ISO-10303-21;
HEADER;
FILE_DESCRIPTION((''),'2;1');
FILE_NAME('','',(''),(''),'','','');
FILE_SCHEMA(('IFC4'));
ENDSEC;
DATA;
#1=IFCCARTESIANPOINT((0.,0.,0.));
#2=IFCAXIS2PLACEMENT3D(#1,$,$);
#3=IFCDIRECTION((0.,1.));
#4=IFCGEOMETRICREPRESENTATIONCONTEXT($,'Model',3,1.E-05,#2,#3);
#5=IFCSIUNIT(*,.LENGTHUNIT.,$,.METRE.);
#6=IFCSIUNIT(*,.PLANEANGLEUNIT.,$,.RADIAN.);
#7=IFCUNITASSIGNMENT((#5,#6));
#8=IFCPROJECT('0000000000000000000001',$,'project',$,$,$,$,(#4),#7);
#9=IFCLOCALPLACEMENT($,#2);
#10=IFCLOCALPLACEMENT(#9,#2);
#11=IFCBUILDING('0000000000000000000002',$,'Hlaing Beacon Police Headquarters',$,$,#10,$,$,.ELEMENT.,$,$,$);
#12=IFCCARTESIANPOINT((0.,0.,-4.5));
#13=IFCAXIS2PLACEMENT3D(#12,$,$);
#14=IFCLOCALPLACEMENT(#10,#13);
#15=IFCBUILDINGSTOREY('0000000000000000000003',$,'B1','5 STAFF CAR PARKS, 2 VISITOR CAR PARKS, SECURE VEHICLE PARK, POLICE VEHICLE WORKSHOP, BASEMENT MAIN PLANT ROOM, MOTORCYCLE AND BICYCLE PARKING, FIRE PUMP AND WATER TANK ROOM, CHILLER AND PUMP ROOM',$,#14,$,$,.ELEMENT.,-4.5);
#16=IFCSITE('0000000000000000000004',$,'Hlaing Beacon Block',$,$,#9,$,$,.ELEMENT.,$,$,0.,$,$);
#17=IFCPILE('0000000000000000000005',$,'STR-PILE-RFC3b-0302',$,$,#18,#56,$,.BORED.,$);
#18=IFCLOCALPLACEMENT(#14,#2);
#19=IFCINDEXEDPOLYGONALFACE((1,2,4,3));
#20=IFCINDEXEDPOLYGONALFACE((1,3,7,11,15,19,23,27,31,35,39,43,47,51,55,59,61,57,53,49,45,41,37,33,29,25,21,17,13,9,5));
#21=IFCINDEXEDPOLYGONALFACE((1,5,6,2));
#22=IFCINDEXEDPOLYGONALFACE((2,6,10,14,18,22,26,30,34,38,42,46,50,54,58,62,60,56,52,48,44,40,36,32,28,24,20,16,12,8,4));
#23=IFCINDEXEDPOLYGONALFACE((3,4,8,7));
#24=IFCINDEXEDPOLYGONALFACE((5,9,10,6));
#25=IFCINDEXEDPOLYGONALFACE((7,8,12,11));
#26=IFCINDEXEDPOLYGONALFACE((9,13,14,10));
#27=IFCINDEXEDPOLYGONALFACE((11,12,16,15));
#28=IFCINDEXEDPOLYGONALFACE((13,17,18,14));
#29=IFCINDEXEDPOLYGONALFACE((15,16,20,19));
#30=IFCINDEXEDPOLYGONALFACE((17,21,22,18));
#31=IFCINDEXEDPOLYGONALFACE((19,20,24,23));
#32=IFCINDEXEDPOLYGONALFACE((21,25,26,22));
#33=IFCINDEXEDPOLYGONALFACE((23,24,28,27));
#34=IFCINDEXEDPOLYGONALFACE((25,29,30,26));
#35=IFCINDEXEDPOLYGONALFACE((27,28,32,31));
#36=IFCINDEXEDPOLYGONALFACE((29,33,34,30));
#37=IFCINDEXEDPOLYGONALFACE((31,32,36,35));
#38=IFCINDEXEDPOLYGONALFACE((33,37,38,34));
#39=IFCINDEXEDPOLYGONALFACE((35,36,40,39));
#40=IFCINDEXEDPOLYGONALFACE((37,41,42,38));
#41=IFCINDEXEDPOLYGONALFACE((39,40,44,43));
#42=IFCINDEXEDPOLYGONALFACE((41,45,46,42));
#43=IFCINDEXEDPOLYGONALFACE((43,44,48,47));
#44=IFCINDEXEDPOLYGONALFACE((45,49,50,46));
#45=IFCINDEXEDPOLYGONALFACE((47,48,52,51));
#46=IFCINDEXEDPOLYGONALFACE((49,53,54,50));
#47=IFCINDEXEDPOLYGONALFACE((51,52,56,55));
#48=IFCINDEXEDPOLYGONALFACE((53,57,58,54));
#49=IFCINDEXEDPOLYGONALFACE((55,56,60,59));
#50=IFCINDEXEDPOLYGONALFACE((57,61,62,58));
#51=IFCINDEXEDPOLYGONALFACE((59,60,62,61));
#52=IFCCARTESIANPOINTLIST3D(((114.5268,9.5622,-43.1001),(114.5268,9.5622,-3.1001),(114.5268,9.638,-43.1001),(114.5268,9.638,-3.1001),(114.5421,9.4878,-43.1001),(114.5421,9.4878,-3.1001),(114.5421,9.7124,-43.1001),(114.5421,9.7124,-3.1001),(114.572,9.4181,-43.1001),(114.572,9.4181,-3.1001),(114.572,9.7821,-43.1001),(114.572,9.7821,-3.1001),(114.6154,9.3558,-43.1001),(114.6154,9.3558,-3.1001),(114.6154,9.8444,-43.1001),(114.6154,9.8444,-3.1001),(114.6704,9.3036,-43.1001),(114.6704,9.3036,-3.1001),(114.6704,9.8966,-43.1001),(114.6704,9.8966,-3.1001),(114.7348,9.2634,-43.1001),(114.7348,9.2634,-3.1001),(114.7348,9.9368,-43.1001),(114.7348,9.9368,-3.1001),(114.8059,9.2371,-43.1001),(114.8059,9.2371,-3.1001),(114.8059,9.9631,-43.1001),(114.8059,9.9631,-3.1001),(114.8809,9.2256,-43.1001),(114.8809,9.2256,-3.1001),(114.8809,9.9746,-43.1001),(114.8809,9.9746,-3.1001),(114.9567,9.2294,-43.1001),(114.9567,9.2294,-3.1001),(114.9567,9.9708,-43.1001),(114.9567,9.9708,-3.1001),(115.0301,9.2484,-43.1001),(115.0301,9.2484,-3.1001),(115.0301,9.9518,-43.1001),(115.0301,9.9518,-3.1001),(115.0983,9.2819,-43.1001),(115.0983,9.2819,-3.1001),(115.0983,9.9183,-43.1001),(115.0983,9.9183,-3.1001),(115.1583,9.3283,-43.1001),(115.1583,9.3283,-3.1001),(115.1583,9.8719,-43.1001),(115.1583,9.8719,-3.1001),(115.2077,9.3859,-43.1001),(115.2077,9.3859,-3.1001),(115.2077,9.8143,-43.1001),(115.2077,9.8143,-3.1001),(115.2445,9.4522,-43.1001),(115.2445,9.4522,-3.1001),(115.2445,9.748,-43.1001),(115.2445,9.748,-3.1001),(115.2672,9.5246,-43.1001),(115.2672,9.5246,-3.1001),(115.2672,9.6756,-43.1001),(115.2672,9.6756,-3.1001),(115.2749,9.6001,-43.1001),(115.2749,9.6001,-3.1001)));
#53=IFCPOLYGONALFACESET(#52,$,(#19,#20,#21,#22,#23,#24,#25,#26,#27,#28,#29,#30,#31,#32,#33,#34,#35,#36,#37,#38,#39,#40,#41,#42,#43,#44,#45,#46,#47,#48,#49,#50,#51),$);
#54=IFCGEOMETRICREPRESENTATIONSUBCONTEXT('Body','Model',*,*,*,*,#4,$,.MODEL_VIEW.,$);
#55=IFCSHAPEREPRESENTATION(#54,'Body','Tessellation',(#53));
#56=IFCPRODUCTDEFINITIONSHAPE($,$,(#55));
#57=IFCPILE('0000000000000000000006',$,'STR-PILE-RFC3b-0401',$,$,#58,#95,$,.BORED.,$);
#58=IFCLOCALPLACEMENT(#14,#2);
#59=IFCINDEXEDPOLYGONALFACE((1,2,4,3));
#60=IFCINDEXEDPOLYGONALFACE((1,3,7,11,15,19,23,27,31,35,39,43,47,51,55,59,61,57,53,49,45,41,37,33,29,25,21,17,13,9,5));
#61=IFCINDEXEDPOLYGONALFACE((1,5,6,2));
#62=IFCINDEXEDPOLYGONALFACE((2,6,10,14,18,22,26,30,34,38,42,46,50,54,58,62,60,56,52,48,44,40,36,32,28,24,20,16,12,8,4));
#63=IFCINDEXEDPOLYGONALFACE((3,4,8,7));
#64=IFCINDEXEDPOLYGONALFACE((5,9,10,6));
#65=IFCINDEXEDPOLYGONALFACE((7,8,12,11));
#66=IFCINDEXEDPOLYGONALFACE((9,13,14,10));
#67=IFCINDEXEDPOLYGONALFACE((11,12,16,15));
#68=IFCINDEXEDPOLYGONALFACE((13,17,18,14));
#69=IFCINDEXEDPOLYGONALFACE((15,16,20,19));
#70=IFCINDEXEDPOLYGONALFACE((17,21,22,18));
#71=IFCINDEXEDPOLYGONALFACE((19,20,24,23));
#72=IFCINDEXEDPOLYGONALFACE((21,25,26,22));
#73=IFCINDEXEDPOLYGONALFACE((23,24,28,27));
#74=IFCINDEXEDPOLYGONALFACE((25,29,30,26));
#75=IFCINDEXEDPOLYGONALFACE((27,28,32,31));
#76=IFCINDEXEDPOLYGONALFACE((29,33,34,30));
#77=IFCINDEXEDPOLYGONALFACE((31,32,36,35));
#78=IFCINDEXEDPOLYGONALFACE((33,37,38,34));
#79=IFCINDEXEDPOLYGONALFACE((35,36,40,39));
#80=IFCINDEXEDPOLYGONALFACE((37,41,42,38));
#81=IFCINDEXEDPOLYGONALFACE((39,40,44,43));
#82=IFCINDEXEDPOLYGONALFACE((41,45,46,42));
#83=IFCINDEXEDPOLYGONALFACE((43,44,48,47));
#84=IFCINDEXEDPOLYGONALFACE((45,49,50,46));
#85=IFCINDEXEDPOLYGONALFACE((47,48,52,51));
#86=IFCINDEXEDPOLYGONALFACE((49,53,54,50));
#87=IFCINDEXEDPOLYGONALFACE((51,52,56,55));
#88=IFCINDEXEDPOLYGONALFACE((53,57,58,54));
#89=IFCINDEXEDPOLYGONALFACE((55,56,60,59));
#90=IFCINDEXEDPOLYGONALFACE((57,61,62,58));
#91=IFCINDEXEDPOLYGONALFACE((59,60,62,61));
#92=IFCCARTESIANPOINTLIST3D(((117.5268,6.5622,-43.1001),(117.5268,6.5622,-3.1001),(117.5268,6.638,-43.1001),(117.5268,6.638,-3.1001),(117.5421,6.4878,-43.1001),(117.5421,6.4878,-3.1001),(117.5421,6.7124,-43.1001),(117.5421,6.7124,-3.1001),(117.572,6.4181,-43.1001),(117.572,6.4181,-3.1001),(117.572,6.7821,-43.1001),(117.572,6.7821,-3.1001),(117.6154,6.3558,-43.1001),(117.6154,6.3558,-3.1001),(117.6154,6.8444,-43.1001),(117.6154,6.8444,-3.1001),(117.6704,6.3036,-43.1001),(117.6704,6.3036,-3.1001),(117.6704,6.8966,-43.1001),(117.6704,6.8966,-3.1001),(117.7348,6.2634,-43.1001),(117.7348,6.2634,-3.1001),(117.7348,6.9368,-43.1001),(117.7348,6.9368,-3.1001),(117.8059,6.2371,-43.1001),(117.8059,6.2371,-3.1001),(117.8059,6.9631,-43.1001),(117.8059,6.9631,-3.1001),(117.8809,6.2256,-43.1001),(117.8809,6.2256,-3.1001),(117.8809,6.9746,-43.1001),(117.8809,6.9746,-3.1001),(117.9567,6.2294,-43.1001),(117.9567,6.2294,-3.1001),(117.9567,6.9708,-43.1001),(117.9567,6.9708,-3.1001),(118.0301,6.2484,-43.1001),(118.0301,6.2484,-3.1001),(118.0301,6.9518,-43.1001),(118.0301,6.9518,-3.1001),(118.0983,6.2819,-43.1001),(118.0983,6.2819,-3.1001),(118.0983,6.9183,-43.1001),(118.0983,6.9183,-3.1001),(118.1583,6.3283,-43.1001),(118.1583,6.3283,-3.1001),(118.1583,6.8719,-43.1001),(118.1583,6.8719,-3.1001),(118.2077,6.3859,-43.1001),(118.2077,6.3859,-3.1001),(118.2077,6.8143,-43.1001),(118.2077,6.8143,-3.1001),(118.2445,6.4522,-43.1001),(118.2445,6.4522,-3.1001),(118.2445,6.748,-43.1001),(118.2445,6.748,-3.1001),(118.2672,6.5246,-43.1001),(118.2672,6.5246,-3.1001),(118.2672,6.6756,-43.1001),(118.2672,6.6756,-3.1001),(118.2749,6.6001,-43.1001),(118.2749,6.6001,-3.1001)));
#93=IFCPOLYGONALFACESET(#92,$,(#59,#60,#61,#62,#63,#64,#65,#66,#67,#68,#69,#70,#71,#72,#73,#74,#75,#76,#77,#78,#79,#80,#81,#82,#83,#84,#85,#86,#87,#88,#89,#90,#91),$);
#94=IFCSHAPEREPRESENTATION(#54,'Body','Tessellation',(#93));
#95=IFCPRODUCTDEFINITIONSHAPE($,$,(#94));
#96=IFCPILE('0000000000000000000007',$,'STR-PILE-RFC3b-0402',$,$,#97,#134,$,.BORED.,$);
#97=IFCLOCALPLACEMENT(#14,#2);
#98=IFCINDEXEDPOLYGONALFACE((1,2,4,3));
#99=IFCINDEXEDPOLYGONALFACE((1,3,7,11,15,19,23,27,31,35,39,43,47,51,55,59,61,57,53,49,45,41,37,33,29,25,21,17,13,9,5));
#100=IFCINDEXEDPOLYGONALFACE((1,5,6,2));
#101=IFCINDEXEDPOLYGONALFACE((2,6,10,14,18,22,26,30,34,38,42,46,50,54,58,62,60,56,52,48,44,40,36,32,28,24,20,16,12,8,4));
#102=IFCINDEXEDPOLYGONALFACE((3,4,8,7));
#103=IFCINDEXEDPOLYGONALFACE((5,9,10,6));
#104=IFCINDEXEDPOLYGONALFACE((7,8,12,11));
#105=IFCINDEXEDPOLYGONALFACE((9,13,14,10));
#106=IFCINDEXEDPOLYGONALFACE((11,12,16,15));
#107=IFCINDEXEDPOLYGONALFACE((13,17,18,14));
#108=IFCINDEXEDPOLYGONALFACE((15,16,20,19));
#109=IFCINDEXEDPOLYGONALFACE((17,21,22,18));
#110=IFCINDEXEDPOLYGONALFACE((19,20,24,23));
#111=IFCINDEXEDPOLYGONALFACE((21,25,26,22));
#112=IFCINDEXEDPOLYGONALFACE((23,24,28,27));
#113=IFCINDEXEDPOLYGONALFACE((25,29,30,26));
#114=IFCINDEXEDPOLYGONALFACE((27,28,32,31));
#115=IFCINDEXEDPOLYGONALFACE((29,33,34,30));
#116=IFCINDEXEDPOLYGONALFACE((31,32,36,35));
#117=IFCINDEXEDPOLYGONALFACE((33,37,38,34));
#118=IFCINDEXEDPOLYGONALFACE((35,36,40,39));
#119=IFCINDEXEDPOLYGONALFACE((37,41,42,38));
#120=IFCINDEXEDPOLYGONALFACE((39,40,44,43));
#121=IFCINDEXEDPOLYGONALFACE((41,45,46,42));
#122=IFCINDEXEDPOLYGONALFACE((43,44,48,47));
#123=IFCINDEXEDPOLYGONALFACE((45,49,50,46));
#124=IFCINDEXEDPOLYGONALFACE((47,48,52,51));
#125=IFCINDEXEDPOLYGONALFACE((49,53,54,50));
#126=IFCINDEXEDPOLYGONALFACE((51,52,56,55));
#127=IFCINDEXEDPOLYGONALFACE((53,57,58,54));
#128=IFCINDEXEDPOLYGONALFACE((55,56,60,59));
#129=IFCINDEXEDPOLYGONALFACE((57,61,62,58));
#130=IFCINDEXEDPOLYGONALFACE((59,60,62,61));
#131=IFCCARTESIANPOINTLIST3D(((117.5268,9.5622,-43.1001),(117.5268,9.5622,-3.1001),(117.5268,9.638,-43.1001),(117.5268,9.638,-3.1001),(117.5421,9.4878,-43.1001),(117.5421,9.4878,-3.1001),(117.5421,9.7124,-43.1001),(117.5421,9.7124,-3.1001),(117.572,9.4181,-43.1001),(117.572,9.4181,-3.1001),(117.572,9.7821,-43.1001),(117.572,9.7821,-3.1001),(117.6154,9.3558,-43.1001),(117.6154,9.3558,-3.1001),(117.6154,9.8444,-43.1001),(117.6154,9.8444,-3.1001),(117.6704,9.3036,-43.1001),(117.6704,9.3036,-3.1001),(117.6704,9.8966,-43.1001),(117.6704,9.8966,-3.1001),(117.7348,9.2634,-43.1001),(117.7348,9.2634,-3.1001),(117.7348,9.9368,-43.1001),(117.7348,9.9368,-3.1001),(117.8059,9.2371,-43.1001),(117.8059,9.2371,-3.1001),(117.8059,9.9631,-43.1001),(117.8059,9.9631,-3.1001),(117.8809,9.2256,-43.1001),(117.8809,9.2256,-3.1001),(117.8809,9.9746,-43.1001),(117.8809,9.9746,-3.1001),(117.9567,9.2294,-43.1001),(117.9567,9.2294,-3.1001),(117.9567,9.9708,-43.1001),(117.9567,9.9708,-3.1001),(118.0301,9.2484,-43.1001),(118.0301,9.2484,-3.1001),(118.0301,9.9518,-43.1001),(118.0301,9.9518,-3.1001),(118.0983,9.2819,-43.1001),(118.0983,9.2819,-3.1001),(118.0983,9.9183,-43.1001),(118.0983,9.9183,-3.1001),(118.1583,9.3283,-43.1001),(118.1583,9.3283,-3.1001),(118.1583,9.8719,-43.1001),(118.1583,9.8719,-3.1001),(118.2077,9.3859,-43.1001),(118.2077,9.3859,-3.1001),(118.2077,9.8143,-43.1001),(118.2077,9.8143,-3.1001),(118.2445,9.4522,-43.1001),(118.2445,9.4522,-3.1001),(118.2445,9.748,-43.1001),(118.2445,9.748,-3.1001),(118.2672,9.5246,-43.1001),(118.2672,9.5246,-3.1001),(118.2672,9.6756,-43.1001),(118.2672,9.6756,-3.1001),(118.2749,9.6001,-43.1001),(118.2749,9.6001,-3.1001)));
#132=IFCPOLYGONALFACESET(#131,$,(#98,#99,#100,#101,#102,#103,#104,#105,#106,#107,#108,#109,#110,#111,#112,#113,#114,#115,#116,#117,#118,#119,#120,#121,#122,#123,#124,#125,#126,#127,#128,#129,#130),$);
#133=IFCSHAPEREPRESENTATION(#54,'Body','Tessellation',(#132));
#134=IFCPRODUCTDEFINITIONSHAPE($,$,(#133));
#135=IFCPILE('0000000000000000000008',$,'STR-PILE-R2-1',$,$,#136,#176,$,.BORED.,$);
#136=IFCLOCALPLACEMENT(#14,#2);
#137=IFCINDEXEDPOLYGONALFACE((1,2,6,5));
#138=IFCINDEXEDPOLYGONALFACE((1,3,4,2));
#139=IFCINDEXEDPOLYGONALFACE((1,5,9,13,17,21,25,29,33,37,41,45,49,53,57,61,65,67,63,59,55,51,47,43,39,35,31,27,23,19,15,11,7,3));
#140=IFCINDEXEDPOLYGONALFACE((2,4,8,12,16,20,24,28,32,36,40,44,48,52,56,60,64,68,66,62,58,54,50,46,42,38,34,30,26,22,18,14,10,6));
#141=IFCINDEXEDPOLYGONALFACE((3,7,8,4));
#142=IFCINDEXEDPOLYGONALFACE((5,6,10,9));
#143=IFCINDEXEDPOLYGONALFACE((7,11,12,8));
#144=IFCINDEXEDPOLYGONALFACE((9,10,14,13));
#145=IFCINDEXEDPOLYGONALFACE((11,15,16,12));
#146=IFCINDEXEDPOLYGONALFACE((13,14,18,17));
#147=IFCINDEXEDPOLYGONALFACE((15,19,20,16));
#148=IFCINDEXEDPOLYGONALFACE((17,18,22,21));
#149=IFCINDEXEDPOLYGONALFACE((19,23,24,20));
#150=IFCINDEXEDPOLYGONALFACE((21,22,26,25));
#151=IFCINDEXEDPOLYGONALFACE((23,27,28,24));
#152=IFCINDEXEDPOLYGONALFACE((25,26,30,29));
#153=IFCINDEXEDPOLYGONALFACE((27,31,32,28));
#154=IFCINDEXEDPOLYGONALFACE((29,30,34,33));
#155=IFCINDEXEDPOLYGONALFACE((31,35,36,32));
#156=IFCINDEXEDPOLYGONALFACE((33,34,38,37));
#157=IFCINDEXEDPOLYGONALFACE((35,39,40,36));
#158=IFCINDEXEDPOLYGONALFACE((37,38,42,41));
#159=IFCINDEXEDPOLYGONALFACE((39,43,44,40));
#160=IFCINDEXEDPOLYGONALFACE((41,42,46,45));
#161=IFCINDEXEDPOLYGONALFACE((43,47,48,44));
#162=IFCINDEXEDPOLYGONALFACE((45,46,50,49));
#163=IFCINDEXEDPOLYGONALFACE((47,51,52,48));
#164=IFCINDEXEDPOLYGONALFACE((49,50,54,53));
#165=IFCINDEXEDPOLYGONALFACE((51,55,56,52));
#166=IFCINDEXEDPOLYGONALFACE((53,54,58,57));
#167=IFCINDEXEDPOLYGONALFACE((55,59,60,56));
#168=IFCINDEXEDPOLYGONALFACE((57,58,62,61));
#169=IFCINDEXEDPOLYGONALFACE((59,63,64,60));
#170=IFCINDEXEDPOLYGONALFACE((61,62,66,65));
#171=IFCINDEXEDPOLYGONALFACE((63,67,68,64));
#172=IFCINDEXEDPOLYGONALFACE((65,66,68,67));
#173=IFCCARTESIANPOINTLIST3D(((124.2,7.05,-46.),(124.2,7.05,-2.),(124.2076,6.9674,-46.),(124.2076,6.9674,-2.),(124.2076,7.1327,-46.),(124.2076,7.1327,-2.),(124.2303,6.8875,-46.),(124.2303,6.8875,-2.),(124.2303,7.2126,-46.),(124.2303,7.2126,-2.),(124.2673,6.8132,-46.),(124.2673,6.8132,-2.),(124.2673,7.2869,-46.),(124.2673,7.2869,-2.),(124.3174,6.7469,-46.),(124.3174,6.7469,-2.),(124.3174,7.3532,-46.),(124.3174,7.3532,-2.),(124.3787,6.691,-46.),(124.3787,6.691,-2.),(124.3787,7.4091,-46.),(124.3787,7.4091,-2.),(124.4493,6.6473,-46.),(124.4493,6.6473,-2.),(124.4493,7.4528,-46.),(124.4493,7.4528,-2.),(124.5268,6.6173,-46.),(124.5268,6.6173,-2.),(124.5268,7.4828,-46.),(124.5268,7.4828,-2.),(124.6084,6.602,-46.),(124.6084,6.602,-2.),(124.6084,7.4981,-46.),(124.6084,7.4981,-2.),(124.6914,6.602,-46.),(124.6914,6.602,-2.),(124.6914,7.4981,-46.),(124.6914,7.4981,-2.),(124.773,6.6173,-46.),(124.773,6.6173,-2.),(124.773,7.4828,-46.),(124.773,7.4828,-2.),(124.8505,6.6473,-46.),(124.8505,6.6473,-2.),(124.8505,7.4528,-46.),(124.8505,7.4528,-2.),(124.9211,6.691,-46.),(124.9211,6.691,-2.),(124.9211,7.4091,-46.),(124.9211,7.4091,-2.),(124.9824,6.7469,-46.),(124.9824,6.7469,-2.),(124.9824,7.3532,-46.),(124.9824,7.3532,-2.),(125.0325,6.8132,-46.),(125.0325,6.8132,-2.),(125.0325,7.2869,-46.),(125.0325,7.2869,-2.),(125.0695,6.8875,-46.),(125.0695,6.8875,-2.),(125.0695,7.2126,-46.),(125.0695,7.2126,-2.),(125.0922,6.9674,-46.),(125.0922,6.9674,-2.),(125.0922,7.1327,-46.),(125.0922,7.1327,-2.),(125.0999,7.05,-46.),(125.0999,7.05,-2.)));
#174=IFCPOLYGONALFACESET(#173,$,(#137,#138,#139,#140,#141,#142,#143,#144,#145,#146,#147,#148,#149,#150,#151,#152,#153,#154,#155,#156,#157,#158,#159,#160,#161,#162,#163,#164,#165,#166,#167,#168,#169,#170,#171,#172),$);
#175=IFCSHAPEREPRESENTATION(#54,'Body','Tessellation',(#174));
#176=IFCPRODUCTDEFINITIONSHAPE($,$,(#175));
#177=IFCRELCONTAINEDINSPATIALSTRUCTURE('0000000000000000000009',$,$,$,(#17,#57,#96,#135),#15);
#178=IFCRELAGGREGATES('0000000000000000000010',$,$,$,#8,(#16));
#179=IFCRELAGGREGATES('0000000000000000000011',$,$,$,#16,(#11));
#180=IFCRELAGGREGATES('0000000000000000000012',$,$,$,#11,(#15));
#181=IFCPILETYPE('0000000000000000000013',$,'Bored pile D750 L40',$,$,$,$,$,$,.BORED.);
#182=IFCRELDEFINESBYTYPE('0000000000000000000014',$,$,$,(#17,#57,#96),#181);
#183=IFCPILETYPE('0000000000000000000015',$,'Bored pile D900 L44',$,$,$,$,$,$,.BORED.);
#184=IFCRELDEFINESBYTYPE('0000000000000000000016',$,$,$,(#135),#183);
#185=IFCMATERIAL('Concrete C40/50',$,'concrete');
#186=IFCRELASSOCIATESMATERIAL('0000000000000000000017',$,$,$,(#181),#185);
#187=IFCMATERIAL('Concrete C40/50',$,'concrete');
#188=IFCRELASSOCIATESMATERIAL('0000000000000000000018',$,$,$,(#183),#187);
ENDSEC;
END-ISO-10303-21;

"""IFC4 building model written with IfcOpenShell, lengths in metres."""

from ifc_helpers import new_model, si_unit, direction, frame, origin, origin_2d, place, context, subcontext, project, spatial, circle, extrude, material, material_profile, profile_set, type_object, element, save


model = new_model("IFC4")

# Units and contexts
model_context = context("Model", 3, precision=1e-05, world=origin(), true_north=direction((0.0, 1.0)))
body_context = subcontext(model_context, "Body", "Model", "MODEL_VIEW")
ifc_project = project(units=[si_unit("LENGTHUNIT", "METRE"), si_unit("PLANEANGLEUNIT", "RADIAN")], contexts=[model_context])

# Site, building, storey
site_placement = place(None, origin())
site = spatial("IfcSite", under=ifc_project, at=site_placement, Name="Hlaing Beacon Block", CompositionType="ELEMENT", RefElevation=0.0)
building_placement = place(site_placement, origin())
building = spatial("IfcBuilding", under=site, at=building_placement, Name="Hlaing Beacon Police Headquarters", CompositionType="ELEMENT")
storey_placement = place(building_placement, frame((0.0, 0.0, -4.5)))
storey = spatial("IfcBuildingStorey", under=building, at=storey_placement, Name="B1", Description="5 STAFF CAR PARKS, 2 VISITOR CAR PARKS, SECURE VEHICLE PARK, POLICE VEHICLE WORKSHOP, BASEMENT MAIN PLANT ROOM, MOTORCYCLE AND BICYCLE PARKING, FIRE PUMP AND WATER TANK ROOM, CHILLER AND PUMP ROOM", CompositionType="ELEMENT", Elevation=-4.5)

# Piles
ifc_material_1 = material(Name="Concrete C40/50", Category="concrete")
ifc_material_profile_1 = material_profile(ifc_material_1, circle(Radius=0.375, at=origin_2d()), Name="D750")
ifc_profile_set_1 = profile_set([ifc_material_profile_1], Name="Concrete C40/50")
pile_type_1 = type_object("IfcPileType", Name="Bored pile D750 L40", PredefinedType="BORED", material=ifc_profile_set_1)
for number, where, z_axis, x_axis, name in (
    (1, (114.8999, 9.6001, -3.1001), (0.0, 0.0, -1.0), (1.0, 0.0, 0.0), "STR-PILE-RFC3b-0302"),
    (2, (117.8999, 6.6001, -3.1001), (0.0, 0.0, -1.0), (1.0, 0.0, 0.0), "STR-PILE-RFC3b-0401"),
    (3, (117.8999, 9.6001, -3.1001), (0.0, 0.0, -1.0), (1.0, 0.0, 0.0), "STR-PILE-RFC3b-0402"),
):
    element("IfcPile", number, at=place(storey_placement, frame(where, z_axis=z_axis, x_axis=x_axis)), inside=storey, type_object=pile_type_1, Name=name, PredefinedType="BORED", context=body_context, shape_type="SweptSolid", body=[
        extrude(circle(Radius=0.375, at=origin_2d()), origin(), (0.0, 0.0, 1.0), 40.0),
    ])
ifc_material_2 = material(Name="Concrete C40/50", Category="concrete")
ifc_material_profile_2 = material_profile(ifc_material_2, circle(Radius=0.45, at=origin_2d()), Name="D900")
ifc_profile_set_2 = profile_set([ifc_material_profile_2], Name="Concrete C40/50")
pile_type_2 = type_object("IfcPileType", Name="Bored pile D900 L44", PredefinedType="BORED", material=ifc_profile_set_2)
for number, where, z_axis, x_axis, name in (
    (4, (124.6499, 7.05, -2.0), (0.0, 0.0, -1.0), (1.0, 0.0, 0.0), "STR-PILE-R2-1"),
):
    element("IfcPile", number, at=place(storey_placement, frame(where, z_axis=z_axis, x_axis=x_axis)), inside=storey, type_object=pile_type_2, Name=name, PredefinedType="BORED", context=body_context, shape_type="SweptSolid", body=[
        extrude(circle(Radius=0.45, at=origin_2d()), origin(), (0.0, 0.0, 1.0), 44.0),
    ])

save(model, "model.ifc")
